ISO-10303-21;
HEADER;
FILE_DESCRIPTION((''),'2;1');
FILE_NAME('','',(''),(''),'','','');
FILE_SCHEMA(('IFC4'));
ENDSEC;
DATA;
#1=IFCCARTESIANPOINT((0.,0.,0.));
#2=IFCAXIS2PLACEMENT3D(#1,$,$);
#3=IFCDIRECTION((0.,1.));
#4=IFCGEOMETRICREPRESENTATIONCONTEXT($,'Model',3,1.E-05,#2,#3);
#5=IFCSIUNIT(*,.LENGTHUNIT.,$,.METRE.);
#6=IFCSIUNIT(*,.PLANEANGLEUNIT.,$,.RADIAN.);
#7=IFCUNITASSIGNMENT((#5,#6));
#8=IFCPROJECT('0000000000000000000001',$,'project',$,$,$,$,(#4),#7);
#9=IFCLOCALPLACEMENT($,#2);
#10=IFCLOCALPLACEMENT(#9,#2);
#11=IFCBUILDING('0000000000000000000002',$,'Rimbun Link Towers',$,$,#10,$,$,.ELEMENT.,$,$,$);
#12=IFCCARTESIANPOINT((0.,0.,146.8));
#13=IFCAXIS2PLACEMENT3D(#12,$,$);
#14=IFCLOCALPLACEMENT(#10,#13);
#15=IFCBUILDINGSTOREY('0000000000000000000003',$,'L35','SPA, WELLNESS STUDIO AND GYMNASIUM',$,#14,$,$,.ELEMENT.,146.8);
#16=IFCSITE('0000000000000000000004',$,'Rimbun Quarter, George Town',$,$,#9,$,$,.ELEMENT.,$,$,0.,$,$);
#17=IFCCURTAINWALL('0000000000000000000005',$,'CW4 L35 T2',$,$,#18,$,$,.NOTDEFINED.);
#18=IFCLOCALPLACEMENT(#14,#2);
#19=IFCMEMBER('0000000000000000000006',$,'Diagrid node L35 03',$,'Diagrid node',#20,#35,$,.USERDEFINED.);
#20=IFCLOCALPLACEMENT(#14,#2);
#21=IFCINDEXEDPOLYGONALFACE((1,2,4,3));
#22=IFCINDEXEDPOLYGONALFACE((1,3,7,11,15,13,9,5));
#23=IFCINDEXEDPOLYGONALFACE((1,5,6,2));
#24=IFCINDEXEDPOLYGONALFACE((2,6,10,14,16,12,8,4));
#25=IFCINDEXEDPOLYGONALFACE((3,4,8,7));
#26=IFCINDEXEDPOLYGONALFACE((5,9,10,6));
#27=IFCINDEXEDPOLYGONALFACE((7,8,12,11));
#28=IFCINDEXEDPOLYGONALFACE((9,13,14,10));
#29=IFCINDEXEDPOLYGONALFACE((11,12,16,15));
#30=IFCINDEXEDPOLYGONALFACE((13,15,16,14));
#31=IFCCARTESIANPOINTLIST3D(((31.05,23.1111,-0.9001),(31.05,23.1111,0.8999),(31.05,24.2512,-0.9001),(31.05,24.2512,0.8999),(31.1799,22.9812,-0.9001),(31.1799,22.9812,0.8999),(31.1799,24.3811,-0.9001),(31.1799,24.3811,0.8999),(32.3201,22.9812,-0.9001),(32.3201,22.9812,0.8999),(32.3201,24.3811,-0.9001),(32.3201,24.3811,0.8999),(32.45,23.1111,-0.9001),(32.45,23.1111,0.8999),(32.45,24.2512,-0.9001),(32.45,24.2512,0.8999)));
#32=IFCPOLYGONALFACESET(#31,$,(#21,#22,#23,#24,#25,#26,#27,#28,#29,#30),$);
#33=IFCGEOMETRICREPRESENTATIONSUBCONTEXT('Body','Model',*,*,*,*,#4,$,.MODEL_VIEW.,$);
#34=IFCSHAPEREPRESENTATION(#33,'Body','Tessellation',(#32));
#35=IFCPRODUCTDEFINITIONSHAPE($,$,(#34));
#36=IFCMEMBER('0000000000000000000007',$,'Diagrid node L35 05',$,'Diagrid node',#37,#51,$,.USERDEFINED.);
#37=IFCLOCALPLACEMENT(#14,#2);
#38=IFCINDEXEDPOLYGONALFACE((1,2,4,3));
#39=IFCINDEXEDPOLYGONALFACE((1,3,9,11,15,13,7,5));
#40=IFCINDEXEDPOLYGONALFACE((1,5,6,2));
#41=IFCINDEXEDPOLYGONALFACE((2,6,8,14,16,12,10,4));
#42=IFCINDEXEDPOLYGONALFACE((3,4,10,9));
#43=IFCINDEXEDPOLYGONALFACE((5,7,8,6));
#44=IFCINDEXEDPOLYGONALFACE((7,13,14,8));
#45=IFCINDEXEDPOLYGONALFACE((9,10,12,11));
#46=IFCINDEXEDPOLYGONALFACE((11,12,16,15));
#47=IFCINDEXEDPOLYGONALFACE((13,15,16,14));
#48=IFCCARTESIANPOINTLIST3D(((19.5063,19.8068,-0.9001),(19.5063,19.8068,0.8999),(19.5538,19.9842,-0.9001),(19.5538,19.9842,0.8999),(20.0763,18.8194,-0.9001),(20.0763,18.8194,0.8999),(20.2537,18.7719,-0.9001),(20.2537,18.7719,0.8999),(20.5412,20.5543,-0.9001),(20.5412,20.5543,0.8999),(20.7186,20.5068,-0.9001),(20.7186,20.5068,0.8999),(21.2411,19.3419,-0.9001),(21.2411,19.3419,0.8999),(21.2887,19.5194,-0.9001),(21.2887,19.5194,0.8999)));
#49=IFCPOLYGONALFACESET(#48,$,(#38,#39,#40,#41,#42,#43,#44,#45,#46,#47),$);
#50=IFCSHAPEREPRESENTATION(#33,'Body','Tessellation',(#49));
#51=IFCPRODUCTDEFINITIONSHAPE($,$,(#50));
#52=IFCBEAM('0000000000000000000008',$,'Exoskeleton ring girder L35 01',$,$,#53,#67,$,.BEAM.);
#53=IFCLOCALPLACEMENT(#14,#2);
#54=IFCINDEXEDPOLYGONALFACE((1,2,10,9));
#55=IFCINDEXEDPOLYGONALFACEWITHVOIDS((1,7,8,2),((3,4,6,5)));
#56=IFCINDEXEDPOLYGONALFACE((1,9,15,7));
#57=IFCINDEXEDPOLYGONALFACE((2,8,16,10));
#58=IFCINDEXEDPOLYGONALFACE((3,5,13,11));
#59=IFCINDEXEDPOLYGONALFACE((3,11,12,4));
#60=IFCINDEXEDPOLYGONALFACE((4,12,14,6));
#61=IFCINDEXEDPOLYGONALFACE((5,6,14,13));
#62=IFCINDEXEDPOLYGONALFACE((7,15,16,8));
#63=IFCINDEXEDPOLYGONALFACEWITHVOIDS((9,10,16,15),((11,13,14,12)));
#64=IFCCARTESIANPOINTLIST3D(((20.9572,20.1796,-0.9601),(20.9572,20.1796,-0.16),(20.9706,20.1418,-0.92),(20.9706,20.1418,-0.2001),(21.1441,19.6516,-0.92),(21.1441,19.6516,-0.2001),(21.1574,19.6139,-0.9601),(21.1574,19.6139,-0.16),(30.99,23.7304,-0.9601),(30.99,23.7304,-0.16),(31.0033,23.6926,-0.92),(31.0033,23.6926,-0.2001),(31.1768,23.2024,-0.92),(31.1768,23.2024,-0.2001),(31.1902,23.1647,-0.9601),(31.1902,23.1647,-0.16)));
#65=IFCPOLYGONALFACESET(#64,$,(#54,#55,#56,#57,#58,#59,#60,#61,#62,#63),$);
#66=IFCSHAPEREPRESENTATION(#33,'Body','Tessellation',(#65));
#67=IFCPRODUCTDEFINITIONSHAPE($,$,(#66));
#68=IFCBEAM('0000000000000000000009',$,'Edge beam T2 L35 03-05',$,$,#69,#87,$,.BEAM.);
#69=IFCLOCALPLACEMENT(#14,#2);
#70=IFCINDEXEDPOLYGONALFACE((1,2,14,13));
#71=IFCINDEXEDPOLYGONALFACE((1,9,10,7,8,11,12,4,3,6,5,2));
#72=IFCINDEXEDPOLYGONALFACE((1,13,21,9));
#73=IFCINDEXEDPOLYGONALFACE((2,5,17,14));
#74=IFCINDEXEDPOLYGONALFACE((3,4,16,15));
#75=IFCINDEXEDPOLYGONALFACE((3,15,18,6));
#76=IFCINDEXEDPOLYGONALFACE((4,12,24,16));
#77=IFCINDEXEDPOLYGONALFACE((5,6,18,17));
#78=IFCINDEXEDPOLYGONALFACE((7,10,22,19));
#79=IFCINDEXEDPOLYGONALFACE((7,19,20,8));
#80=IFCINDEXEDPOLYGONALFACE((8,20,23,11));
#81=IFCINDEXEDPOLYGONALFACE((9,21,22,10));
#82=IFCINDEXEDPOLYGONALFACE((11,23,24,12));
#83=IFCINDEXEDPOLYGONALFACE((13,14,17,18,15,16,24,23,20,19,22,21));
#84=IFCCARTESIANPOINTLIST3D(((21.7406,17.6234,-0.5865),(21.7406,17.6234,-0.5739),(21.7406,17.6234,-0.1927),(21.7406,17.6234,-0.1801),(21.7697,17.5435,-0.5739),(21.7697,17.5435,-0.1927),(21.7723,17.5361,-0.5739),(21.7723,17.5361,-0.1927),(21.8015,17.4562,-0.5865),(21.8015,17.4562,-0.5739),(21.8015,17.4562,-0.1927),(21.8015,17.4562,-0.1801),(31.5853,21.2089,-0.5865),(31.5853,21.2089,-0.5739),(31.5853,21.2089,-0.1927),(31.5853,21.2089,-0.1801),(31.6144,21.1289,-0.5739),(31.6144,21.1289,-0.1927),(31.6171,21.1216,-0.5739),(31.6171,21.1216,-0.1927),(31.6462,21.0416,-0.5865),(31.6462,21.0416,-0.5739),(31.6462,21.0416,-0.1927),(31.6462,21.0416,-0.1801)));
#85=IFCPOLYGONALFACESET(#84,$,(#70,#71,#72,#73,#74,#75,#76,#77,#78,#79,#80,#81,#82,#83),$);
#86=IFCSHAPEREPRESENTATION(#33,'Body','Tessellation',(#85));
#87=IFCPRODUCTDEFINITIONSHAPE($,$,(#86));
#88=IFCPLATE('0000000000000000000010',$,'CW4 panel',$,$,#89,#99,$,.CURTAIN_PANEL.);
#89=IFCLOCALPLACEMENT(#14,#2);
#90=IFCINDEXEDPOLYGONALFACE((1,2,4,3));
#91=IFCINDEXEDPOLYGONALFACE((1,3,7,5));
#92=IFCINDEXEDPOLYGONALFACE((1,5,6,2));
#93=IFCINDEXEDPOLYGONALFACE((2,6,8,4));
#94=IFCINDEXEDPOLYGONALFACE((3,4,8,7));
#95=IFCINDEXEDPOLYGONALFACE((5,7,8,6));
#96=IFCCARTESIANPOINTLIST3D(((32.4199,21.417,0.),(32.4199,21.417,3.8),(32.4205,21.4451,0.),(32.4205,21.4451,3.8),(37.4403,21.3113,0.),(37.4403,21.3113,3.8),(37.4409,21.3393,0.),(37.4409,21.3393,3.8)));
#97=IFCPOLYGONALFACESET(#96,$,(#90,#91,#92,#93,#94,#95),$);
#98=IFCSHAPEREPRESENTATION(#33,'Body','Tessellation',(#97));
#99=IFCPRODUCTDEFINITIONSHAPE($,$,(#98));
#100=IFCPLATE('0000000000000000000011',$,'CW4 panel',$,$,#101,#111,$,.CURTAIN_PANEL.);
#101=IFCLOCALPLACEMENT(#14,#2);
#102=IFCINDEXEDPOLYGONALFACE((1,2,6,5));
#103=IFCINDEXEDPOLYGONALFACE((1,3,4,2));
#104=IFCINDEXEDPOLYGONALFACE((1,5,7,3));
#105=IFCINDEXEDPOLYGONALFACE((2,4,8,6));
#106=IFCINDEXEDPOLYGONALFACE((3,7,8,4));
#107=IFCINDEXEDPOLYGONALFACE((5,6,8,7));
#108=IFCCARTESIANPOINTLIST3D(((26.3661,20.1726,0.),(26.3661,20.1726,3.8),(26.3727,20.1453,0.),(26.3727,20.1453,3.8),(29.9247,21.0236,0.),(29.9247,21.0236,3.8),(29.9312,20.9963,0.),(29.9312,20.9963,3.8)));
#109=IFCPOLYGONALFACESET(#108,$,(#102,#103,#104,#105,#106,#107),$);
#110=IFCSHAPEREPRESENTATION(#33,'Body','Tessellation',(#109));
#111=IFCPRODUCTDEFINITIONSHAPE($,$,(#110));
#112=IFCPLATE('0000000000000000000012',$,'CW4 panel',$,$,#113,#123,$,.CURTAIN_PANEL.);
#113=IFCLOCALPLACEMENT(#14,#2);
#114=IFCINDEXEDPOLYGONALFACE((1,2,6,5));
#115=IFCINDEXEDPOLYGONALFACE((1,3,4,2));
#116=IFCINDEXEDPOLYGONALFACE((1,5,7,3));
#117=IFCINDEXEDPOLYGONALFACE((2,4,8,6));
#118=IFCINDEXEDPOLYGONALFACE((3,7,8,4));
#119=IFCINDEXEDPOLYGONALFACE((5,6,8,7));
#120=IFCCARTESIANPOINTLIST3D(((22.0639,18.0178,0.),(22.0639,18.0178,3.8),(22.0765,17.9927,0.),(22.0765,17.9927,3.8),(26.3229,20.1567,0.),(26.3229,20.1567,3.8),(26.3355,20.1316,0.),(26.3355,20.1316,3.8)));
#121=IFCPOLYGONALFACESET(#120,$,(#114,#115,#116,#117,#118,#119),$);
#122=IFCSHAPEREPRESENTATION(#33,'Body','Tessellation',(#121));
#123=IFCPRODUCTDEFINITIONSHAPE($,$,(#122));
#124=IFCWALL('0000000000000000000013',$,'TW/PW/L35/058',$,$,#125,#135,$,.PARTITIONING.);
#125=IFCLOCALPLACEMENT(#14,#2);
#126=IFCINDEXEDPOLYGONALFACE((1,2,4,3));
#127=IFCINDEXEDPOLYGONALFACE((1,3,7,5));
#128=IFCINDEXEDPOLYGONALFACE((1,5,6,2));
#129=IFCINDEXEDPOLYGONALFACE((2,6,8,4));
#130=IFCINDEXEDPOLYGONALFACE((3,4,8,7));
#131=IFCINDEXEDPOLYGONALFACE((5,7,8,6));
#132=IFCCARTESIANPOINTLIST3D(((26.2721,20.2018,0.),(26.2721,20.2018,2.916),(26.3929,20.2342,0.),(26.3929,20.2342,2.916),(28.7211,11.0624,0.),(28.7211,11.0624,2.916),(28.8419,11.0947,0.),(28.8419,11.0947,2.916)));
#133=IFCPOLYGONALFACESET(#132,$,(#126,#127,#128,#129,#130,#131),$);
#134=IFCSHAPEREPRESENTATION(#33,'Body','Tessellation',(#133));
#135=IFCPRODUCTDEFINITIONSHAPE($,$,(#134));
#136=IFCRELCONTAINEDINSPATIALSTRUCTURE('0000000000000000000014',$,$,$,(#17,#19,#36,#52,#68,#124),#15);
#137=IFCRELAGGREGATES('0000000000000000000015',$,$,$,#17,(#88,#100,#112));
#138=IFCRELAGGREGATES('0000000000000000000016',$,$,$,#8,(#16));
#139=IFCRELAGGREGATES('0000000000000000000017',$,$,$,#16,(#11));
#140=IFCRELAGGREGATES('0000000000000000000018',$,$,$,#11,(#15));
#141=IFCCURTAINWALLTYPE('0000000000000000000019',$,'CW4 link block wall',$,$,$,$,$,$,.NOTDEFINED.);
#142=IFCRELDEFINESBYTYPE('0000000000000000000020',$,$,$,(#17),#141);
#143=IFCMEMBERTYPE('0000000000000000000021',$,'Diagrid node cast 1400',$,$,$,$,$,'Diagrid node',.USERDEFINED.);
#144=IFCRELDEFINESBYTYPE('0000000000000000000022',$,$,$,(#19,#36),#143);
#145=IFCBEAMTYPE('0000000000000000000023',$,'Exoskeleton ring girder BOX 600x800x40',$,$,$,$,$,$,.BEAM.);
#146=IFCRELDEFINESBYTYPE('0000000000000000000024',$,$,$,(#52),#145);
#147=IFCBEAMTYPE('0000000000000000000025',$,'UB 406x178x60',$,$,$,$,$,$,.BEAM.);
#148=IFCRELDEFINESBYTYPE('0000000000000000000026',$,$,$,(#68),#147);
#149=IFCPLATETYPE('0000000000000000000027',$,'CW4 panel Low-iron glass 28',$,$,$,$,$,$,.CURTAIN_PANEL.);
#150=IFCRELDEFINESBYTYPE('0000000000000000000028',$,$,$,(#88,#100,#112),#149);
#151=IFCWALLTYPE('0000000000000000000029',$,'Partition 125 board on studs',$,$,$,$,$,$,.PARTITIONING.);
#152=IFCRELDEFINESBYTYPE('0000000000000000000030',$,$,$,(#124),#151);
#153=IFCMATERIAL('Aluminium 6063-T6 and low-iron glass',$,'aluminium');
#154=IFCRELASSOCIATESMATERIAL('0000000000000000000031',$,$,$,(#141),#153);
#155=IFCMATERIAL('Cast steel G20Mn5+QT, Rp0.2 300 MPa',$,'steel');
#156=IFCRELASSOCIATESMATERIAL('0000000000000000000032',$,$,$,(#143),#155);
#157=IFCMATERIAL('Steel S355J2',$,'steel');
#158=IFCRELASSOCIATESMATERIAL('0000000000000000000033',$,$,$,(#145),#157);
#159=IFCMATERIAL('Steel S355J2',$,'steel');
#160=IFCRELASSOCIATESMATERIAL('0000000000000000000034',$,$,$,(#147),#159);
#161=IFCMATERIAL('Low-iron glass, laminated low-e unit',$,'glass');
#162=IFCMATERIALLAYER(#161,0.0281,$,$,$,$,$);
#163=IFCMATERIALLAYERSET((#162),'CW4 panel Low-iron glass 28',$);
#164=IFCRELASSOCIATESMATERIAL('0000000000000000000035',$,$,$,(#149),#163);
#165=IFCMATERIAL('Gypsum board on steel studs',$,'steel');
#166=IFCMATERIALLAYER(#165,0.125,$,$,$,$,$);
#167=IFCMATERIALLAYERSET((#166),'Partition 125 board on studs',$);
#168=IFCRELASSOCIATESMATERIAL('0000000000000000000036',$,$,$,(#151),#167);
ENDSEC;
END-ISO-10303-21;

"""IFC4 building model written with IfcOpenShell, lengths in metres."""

from ifc_helpers import new_model, si_unit, direction, frame, frame_2d, origin, origin_2d, place, context, subcontext, project, spatial, polyline, rectangle, hollow_rectangle, i_section, outline, extrude, material, layer, layer_set, material_profile, profile_set, type_object, element, aggregate, save


model = new_model("IFC4")

# Units and contexts
model_context = context("Model", 3, precision=1e-05, world=origin(), true_north=direction((0.0, 1.0)))
body_context = subcontext(model_context, "Body", "Model", "MODEL_VIEW")
ifc_project = project(units=[si_unit("LENGTHUNIT", "METRE"), si_unit("PLANEANGLEUNIT", "RADIAN")], contexts=[model_context])

# Site, building, storey
site_placement = place(None, origin())
site = spatial("IfcSite", under=ifc_project, at=site_placement, Name="Rimbun Quarter, George Town", CompositionType="ELEMENT", RefElevation=0.0)
building_placement = place(site_placement, origin())
building = spatial("IfcBuilding", under=site, at=building_placement, Name="Rimbun Link Towers", CompositionType="ELEMENT")
storey_placement = place(building_placement, frame((0.0, 0.0, 146.8)))
storey = spatial("IfcBuildingStorey", under=building, at=storey_placement, Name="L35", Description="SPA, WELLNESS STUDIO AND GYMNASIUM", CompositionType="ELEMENT", Elevation=146.8)

# Curtain wall
ifc_material_1 = material(Name="Aluminium 6063-T6 and low-iron glass", Category="aluminium")
curtain_wall_type = type_object("IfcCurtainWallType", Name="CW4 link block wall", PredefinedType="NOTDEFINED", material=ifc_material_1)
curtain_wall_placement = place(storey_placement, origin())
curtain_wall = element("IfcCurtainWall", 1, at=curtain_wall_placement, inside=storey, type_object=curtain_wall_type, Name="CW4 L35 T2", PredefinedType="NOTDEFINED")

# Members
ifc_material_2 = material(Name="Cast steel G20Mn5+QT, Rp0.2 300 MPa", Category="steel")
ifc_material_profile_1 = material_profile(ifc_material_2, outline(polyline([(0.7, -0.5701), (0.7, 0.5701), (0.5701, 0.7), (-0.5701, 0.7), (-0.7, 0.5701), (-0.7, -0.5701), (-0.5701, -0.7), (0.5701, -0.7), (0.7, -0.5701)])), Name="NODE 1400x1400")
ifc_profile_set_1 = profile_set([ifc_material_profile_1], Name="Cast steel G20Mn5+QT, Rp0.2 300 MPa")
member_type_1 = type_object("IfcMemberType", Name="Diagrid node cast 1400", ElementType="Diagrid node", PredefinedType="USERDEFINED", material=ifc_profile_set_1)
for number, where, z_axis, x_axis, name in (
    (2, (31.75, 23.6812, -0.9001), (0.0, 0.0, 1.0), (0.0, 1.0, 0.0), "Diagrid node L35 03"),
    (3, (20.3975, 19.6631, -0.9001), (0.0, 0.0, 1.0), (-0.5, 0.866025, 0.0), "Diagrid node L35 05"),
):
    element("IfcMember", number, at=place(storey_placement, frame(where, z_axis=z_axis, x_axis=x_axis)), inside=storey, type_object=member_type_1, Name=name, ObjectType="Diagrid node", PredefinedType="USERDEFINED", context=body_context, shape_type="SweptSolid", body=[
        extrude(outline(polyline([(0.7, -0.5701), (0.7, 0.5701), (0.5701, 0.7), (-0.5701, 0.7), (-0.7, 0.5701), (-0.7, -0.5701), (-0.5701, -0.7), (0.5701, -0.7), (0.7, -0.5701)])), origin(), (0.0, 0.0, 1.0), 1.8),
    ])

# Beams
ifc_material_3 = material(Name="Steel S355J2", Category="steel")
ifc_material_profile_2 = material_profile(ifc_material_3, hollow_rectangle(XDim=0.6001, YDim=0.8, WallThickness=0.04, at=origin_2d()), Name="Exoskeleton ring girder BOX 600x800x40")
ifc_profile_set_2 = profile_set([ifc_material_profile_2], Name="Steel S355J2")
beam_type_1 = type_object("IfcBeamType", Name="Exoskeleton ring girder BOX 600x800x40", PredefinedType="BEAM", material=ifc_profile_set_2)
beam_1_placement = place(storey_placement, frame((31.0901, 23.4475, -0.5601), z_axis=(-0.9427, -0.333641, 0.0), x_axis=(0.333641, -0.9427, 0.0)))
element("IfcBeam", 4, at=beam_1_placement, inside=storey, type_object=beam_type_1, Name="Exoskeleton ring girder L35 01", PredefinedType="BEAM", context=body_context, shape_type="SweptSolid", body=[
    extrude(hollow_rectangle(XDim=0.6001, YDim=0.8, WallThickness=0.04, at=origin_2d()), origin(), (0.0, 0.0, 1.0), 10.6426),
])
ifc_material_4 = material(Name="Steel S355J2", Category="steel")
ifc_material_profile_3 = material_profile(ifc_material_4, i_section(OverallWidth=0.178, OverallDepth=0.4065, WebThickness=0.0078, FlangeThickness=0.0127, at=origin_2d()), Name="UB 406x178x60")
ifc_profile_set_3 = profile_set([ifc_material_profile_3], Name="Steel S355J2")
beam_type_2 = type_object("IfcBeamType", Name="UB 406x178x60", PredefinedType="BEAM", material=ifc_profile_set_3)
beam_2_placement = place(storey_placement, frame((31.6157, 21.1252, -0.3833), z_axis=(-0.939623, -0.342211, 0.0), x_axis=(0.342211, -0.939623, 0.0)))
element("IfcBeam", 5, at=beam_2_placement, inside=storey, type_object=beam_type_2, Name="Edge beam T2 L35 03-05", PredefinedType="BEAM", context=body_context, shape_type="SweptSolid", body=[
    extrude(i_section(OverallWidth=0.178, OverallDepth=0.4065, WebThickness=0.0078, FlangeThickness=0.0127, at=origin_2d()), origin(), (0.0, 0.0, 1.0), 10.4773),
])

# Plates
ifc_material_5 = material(Name="Low-iron glass, laminated low-e unit", Category="glass")
ifc_layer_1 = layer(ifc_material_5, 0.0281)
ifc_layer_set_1 = layer_set([ifc_layer_1], Name="CW4 panel Low-iron glass 28")
plate_type = type_object("IfcPlateType", Name="CW4 panel Low-iron glass 28", PredefinedType="CURTAIN_PANEL", material=ifc_layer_set_1)
plate_1_placement = place(storey_placement, frame((34.9304, 21.3782, 0.0), z_axis=(0.0, 0.0, 1.0), x_axis=(0.999778, -0.021063, 0.0)))
plate_1 = element("IfcPlate", 6, at=plate_1_placement, type_object=plate_type, Name="CW4 panel", PredefinedType="CURTAIN_PANEL", context=body_context, shape_type="SweptSolid", body=[
    extrude(rectangle(XDim=5.0215, YDim=0.0281, at=origin_2d()), origin(), (0.0, 0.0, 1.0), 3.8),
])
plate_2_placement = place(storey_placement, frame((28.1487, 20.5845, 0.0), z_axis=(0.0, 0.0, 1.0), x_axis=(0.972575, 0.232588, 0.0)))
plate_2 = element("IfcPlate", 7, at=plate_2_placement, type_object=plate_type, Name="CW4 panel", PredefinedType="CURTAIN_PANEL", context=body_context, shape_type="SweptSolid", body=[
    extrude(rectangle(XDim=3.6589, YDim=0.0281, at=origin_2d()), origin(), (0.0, 0.0, 1.0), 3.8),
])
plate_3_placement = place(storey_placement, frame((24.1997, 19.0747, 0.0), z_axis=(0.0, 0.0, 1.0), x_axis=(0.893641, 0.448782, 0.0)))
plate_3 = element("IfcPlate", 8, at=plate_3_placement, type_object=plate_type, Name="CW4 panel", PredefinedType="CURTAIN_PANEL", context=body_context, shape_type="SweptSolid", body=[
    extrude(rectangle(XDim=4.7659, YDim=0.0281, at=origin_2d()), origin(), (0.0, 0.0, 1.0), 3.8),
])
aggregate(curtain_wall, [plate_1, plate_2, plate_3])

# Wall
ifc_material_6 = material(Name="Gypsum board on steel studs", Category="steel")
ifc_layer_2 = layer(ifc_material_6, 0.125)
ifc_layer_set_2 = layer_set([ifc_layer_2], Name="Partition 125 board on studs")
wall_type = type_object("IfcWallType", Name="Partition 125 board on studs", PredefinedType="PARTITIONING", material=ifc_layer_set_2)
wall_placement = place(storey_placement, frame((26.3325, 20.218, 0.0), z_axis=(0.0, 0.0, 1.0), x_axis=(0.258827, -0.965924, 0.0)))
element("IfcWall", 9, at=wall_placement, inside=storey, type_object=wall_type, Name="TW/PW/L35/058", PredefinedType="PARTITIONING", context=body_context, shape_type="SweptSolid", body=[
    extrude(rectangle(XDim=9.4619, YDim=0.125, at=frame_2d((4.731, 0.0))), origin(), (0.0, 0.0, 1.0), 2.916),
])

save(model, "model.ifc")
